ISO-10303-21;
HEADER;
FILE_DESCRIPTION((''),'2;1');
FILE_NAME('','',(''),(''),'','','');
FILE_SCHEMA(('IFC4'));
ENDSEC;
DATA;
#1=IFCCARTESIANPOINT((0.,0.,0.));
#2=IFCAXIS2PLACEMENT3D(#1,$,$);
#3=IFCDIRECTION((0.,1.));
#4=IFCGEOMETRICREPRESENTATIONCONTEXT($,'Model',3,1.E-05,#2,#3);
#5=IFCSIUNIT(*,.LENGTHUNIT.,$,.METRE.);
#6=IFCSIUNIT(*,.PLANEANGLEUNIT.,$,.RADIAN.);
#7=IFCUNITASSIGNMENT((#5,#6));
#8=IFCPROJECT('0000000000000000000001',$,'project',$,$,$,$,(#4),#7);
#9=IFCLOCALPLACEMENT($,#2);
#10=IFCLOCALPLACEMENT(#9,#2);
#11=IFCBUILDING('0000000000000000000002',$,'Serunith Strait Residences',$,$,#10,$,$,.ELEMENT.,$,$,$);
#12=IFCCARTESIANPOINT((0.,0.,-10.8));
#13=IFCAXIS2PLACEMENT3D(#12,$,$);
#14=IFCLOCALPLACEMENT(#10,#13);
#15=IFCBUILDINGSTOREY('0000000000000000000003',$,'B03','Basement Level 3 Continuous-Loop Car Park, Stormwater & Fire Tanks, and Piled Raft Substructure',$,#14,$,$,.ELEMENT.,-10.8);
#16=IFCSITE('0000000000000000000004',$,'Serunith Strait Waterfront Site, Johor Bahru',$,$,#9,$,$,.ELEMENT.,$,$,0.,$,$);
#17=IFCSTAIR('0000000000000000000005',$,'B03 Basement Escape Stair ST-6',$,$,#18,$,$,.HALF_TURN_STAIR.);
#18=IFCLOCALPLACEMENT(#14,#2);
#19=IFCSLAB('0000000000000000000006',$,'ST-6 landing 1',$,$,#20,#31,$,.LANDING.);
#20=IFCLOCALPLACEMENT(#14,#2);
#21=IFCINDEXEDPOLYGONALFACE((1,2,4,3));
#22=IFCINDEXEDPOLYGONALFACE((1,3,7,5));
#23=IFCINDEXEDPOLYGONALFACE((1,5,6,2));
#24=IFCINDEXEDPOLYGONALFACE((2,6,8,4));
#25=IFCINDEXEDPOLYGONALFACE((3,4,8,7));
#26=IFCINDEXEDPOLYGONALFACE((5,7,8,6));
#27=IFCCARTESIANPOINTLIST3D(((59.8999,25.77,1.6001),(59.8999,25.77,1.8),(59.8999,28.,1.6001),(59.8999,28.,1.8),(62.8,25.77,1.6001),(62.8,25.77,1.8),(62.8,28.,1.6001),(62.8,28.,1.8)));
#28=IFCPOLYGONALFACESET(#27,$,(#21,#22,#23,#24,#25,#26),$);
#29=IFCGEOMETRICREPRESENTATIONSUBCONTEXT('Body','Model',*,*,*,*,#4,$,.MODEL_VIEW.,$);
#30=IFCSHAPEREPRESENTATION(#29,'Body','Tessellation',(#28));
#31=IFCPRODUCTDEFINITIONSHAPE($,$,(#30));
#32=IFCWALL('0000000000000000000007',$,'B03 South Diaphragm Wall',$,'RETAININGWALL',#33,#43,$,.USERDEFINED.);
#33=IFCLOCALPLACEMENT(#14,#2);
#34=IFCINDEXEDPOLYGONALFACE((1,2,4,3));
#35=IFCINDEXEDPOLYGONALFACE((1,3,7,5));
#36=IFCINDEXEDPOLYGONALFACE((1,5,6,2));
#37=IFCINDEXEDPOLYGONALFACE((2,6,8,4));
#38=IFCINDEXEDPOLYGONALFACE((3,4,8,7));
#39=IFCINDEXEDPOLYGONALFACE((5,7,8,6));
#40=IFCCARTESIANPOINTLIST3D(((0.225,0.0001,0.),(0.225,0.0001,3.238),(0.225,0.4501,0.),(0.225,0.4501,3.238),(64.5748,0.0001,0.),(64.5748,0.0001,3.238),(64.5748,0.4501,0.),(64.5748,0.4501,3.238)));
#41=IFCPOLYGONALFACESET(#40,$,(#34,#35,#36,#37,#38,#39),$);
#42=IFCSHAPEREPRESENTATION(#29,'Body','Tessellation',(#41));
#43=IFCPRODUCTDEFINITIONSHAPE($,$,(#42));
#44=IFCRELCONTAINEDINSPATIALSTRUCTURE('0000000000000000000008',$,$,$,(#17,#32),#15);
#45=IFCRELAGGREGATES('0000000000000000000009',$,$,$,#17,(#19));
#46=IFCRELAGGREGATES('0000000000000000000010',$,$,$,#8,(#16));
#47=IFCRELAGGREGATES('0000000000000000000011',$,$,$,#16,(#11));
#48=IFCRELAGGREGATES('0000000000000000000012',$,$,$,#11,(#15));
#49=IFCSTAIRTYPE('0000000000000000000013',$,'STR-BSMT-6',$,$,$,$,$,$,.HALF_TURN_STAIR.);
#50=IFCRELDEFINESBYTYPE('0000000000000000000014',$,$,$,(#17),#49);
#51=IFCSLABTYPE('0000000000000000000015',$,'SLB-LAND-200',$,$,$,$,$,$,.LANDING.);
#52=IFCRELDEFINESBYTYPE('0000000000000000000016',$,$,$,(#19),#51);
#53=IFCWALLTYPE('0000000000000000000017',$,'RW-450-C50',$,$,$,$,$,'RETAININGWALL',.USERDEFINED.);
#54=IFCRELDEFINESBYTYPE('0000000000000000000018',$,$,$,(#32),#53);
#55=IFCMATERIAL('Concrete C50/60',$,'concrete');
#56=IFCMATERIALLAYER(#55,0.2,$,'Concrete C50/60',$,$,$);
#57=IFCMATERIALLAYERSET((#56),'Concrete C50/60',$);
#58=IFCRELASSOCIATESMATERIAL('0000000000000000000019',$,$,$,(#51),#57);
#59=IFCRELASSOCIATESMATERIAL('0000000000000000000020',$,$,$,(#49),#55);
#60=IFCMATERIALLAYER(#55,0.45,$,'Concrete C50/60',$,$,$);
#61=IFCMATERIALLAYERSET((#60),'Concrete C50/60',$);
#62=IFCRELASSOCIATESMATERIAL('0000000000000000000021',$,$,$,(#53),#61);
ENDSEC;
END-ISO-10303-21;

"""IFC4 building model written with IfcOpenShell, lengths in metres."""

from ifc_helpers import new_model, si_unit, direction, frame, frame_2d, origin, place, context, subcontext, project, spatial, polyline, rectangle, outline, extrude, material, layer, layer_set, type_object, element, aggregate, save


model = new_model("IFC4")

# Units and contexts
model_context = context("Model", 3, precision=1e-05, world=origin(), true_north=direction((0.0, 1.0)))
body_context = subcontext(model_context, "Body", "Model", "MODEL_VIEW")
ifc_project = project(units=[si_unit("LENGTHUNIT", "METRE"), si_unit("PLANEANGLEUNIT", "RADIAN")], contexts=[model_context])

# Site, building, storey
site_placement = place(None, origin())
site = spatial("IfcSite", under=ifc_project, at=site_placement, Name="Serunith Strait Waterfront Site, Johor Bahru", CompositionType="ELEMENT", RefElevation=0.0)
building_placement = place(site_placement, origin())
building = spatial("IfcBuilding", under=site, at=building_placement, Name="Serunith Strait Residences", CompositionType="ELEMENT")
storey_placement = place(building_placement, frame((0.0, 0.0, -10.8)))
storey = spatial("IfcBuildingStorey", under=building, at=storey_placement, Name="B03", Description="Basement Level 3 Continuous-Loop Car Park, Stormwater & Fire Tanks, and Piled Raft Substructure", CompositionType="ELEMENT", Elevation=-10.8)

# Shared definitions
ifc_material_1 = material(Name="Concrete C50/60", Category="concrete")

# Stair, slab
ifc_layer_1 = layer(ifc_material_1, 0.2, Name="Concrete C50/60")
ifc_layer_set_1 = layer_set([ifc_layer_1], Name="Concrete C50/60")
slab_type_1 = type_object("IfcSlabType", Name="SLB-LAND-200", PredefinedType="LANDING", material=ifc_layer_set_1)
stair_type_1 = type_object("IfcStairType", Name="STR-BSMT-6", PredefinedType="HALF_TURN_STAIR", material=ifc_material_1)
stair_1_placement = place(storey_placement, origin())
stair_1 = element("IfcStair", 1, at=stair_1_placement, inside=storey, type_object=stair_type_1, Name="B03 Basement Escape Stair ST-6", PredefinedType="HALF_TURN_STAIR")
slab_1_placement = place(storey_placement, frame((0.0, 0.0, 1.6001)))
slab_1 = element("IfcSlab", 2, at=slab_1_placement, type_object=slab_type_1, Name="ST-6 landing 1", PredefinedType="LANDING", context=body_context, shape_type="SweptSolid", body=[
    extrude(outline(polyline([(62.8, 25.77), (62.8, 28.0), (59.8999, 28.0), (59.8999, 25.77), (62.8, 25.77)])), origin(), (0.0, 0.0, 1.0), 0.2),
])
aggregate(stair_1, [slab_1])

# Wall
ifc_layer_2 = layer(ifc_material_1, 0.45, Name="Concrete C50/60")
ifc_layer_set_2 = layer_set([ifc_layer_2], Name="Concrete C50/60")
wall_type = type_object("IfcWallType", Name="RW-450-C50", ElementType="RETAININGWALL", PredefinedType="USERDEFINED", material=ifc_layer_set_2)
wall_placement = place(storey_placement, frame((0.2251, 0.2251, 0.0), z_axis=(0.0, 0.0, 1.0), x_axis=(1.0, 0.0, 0.0)))
element("IfcWall", 3, at=wall_placement, inside=storey, type_object=wall_type, Name="B03 South Diaphragm Wall", ObjectType="RETAININGWALL", PredefinedType="USERDEFINED", context=body_context, shape_type="SweptSolid", body=[
    extrude(rectangle(XDim=64.3499, YDim=0.45, at=frame_2d((32.1748, 0.0))), origin(), (0.0, 0.0, 1.0), 3.238),
])

save(model, "model.ifc")
